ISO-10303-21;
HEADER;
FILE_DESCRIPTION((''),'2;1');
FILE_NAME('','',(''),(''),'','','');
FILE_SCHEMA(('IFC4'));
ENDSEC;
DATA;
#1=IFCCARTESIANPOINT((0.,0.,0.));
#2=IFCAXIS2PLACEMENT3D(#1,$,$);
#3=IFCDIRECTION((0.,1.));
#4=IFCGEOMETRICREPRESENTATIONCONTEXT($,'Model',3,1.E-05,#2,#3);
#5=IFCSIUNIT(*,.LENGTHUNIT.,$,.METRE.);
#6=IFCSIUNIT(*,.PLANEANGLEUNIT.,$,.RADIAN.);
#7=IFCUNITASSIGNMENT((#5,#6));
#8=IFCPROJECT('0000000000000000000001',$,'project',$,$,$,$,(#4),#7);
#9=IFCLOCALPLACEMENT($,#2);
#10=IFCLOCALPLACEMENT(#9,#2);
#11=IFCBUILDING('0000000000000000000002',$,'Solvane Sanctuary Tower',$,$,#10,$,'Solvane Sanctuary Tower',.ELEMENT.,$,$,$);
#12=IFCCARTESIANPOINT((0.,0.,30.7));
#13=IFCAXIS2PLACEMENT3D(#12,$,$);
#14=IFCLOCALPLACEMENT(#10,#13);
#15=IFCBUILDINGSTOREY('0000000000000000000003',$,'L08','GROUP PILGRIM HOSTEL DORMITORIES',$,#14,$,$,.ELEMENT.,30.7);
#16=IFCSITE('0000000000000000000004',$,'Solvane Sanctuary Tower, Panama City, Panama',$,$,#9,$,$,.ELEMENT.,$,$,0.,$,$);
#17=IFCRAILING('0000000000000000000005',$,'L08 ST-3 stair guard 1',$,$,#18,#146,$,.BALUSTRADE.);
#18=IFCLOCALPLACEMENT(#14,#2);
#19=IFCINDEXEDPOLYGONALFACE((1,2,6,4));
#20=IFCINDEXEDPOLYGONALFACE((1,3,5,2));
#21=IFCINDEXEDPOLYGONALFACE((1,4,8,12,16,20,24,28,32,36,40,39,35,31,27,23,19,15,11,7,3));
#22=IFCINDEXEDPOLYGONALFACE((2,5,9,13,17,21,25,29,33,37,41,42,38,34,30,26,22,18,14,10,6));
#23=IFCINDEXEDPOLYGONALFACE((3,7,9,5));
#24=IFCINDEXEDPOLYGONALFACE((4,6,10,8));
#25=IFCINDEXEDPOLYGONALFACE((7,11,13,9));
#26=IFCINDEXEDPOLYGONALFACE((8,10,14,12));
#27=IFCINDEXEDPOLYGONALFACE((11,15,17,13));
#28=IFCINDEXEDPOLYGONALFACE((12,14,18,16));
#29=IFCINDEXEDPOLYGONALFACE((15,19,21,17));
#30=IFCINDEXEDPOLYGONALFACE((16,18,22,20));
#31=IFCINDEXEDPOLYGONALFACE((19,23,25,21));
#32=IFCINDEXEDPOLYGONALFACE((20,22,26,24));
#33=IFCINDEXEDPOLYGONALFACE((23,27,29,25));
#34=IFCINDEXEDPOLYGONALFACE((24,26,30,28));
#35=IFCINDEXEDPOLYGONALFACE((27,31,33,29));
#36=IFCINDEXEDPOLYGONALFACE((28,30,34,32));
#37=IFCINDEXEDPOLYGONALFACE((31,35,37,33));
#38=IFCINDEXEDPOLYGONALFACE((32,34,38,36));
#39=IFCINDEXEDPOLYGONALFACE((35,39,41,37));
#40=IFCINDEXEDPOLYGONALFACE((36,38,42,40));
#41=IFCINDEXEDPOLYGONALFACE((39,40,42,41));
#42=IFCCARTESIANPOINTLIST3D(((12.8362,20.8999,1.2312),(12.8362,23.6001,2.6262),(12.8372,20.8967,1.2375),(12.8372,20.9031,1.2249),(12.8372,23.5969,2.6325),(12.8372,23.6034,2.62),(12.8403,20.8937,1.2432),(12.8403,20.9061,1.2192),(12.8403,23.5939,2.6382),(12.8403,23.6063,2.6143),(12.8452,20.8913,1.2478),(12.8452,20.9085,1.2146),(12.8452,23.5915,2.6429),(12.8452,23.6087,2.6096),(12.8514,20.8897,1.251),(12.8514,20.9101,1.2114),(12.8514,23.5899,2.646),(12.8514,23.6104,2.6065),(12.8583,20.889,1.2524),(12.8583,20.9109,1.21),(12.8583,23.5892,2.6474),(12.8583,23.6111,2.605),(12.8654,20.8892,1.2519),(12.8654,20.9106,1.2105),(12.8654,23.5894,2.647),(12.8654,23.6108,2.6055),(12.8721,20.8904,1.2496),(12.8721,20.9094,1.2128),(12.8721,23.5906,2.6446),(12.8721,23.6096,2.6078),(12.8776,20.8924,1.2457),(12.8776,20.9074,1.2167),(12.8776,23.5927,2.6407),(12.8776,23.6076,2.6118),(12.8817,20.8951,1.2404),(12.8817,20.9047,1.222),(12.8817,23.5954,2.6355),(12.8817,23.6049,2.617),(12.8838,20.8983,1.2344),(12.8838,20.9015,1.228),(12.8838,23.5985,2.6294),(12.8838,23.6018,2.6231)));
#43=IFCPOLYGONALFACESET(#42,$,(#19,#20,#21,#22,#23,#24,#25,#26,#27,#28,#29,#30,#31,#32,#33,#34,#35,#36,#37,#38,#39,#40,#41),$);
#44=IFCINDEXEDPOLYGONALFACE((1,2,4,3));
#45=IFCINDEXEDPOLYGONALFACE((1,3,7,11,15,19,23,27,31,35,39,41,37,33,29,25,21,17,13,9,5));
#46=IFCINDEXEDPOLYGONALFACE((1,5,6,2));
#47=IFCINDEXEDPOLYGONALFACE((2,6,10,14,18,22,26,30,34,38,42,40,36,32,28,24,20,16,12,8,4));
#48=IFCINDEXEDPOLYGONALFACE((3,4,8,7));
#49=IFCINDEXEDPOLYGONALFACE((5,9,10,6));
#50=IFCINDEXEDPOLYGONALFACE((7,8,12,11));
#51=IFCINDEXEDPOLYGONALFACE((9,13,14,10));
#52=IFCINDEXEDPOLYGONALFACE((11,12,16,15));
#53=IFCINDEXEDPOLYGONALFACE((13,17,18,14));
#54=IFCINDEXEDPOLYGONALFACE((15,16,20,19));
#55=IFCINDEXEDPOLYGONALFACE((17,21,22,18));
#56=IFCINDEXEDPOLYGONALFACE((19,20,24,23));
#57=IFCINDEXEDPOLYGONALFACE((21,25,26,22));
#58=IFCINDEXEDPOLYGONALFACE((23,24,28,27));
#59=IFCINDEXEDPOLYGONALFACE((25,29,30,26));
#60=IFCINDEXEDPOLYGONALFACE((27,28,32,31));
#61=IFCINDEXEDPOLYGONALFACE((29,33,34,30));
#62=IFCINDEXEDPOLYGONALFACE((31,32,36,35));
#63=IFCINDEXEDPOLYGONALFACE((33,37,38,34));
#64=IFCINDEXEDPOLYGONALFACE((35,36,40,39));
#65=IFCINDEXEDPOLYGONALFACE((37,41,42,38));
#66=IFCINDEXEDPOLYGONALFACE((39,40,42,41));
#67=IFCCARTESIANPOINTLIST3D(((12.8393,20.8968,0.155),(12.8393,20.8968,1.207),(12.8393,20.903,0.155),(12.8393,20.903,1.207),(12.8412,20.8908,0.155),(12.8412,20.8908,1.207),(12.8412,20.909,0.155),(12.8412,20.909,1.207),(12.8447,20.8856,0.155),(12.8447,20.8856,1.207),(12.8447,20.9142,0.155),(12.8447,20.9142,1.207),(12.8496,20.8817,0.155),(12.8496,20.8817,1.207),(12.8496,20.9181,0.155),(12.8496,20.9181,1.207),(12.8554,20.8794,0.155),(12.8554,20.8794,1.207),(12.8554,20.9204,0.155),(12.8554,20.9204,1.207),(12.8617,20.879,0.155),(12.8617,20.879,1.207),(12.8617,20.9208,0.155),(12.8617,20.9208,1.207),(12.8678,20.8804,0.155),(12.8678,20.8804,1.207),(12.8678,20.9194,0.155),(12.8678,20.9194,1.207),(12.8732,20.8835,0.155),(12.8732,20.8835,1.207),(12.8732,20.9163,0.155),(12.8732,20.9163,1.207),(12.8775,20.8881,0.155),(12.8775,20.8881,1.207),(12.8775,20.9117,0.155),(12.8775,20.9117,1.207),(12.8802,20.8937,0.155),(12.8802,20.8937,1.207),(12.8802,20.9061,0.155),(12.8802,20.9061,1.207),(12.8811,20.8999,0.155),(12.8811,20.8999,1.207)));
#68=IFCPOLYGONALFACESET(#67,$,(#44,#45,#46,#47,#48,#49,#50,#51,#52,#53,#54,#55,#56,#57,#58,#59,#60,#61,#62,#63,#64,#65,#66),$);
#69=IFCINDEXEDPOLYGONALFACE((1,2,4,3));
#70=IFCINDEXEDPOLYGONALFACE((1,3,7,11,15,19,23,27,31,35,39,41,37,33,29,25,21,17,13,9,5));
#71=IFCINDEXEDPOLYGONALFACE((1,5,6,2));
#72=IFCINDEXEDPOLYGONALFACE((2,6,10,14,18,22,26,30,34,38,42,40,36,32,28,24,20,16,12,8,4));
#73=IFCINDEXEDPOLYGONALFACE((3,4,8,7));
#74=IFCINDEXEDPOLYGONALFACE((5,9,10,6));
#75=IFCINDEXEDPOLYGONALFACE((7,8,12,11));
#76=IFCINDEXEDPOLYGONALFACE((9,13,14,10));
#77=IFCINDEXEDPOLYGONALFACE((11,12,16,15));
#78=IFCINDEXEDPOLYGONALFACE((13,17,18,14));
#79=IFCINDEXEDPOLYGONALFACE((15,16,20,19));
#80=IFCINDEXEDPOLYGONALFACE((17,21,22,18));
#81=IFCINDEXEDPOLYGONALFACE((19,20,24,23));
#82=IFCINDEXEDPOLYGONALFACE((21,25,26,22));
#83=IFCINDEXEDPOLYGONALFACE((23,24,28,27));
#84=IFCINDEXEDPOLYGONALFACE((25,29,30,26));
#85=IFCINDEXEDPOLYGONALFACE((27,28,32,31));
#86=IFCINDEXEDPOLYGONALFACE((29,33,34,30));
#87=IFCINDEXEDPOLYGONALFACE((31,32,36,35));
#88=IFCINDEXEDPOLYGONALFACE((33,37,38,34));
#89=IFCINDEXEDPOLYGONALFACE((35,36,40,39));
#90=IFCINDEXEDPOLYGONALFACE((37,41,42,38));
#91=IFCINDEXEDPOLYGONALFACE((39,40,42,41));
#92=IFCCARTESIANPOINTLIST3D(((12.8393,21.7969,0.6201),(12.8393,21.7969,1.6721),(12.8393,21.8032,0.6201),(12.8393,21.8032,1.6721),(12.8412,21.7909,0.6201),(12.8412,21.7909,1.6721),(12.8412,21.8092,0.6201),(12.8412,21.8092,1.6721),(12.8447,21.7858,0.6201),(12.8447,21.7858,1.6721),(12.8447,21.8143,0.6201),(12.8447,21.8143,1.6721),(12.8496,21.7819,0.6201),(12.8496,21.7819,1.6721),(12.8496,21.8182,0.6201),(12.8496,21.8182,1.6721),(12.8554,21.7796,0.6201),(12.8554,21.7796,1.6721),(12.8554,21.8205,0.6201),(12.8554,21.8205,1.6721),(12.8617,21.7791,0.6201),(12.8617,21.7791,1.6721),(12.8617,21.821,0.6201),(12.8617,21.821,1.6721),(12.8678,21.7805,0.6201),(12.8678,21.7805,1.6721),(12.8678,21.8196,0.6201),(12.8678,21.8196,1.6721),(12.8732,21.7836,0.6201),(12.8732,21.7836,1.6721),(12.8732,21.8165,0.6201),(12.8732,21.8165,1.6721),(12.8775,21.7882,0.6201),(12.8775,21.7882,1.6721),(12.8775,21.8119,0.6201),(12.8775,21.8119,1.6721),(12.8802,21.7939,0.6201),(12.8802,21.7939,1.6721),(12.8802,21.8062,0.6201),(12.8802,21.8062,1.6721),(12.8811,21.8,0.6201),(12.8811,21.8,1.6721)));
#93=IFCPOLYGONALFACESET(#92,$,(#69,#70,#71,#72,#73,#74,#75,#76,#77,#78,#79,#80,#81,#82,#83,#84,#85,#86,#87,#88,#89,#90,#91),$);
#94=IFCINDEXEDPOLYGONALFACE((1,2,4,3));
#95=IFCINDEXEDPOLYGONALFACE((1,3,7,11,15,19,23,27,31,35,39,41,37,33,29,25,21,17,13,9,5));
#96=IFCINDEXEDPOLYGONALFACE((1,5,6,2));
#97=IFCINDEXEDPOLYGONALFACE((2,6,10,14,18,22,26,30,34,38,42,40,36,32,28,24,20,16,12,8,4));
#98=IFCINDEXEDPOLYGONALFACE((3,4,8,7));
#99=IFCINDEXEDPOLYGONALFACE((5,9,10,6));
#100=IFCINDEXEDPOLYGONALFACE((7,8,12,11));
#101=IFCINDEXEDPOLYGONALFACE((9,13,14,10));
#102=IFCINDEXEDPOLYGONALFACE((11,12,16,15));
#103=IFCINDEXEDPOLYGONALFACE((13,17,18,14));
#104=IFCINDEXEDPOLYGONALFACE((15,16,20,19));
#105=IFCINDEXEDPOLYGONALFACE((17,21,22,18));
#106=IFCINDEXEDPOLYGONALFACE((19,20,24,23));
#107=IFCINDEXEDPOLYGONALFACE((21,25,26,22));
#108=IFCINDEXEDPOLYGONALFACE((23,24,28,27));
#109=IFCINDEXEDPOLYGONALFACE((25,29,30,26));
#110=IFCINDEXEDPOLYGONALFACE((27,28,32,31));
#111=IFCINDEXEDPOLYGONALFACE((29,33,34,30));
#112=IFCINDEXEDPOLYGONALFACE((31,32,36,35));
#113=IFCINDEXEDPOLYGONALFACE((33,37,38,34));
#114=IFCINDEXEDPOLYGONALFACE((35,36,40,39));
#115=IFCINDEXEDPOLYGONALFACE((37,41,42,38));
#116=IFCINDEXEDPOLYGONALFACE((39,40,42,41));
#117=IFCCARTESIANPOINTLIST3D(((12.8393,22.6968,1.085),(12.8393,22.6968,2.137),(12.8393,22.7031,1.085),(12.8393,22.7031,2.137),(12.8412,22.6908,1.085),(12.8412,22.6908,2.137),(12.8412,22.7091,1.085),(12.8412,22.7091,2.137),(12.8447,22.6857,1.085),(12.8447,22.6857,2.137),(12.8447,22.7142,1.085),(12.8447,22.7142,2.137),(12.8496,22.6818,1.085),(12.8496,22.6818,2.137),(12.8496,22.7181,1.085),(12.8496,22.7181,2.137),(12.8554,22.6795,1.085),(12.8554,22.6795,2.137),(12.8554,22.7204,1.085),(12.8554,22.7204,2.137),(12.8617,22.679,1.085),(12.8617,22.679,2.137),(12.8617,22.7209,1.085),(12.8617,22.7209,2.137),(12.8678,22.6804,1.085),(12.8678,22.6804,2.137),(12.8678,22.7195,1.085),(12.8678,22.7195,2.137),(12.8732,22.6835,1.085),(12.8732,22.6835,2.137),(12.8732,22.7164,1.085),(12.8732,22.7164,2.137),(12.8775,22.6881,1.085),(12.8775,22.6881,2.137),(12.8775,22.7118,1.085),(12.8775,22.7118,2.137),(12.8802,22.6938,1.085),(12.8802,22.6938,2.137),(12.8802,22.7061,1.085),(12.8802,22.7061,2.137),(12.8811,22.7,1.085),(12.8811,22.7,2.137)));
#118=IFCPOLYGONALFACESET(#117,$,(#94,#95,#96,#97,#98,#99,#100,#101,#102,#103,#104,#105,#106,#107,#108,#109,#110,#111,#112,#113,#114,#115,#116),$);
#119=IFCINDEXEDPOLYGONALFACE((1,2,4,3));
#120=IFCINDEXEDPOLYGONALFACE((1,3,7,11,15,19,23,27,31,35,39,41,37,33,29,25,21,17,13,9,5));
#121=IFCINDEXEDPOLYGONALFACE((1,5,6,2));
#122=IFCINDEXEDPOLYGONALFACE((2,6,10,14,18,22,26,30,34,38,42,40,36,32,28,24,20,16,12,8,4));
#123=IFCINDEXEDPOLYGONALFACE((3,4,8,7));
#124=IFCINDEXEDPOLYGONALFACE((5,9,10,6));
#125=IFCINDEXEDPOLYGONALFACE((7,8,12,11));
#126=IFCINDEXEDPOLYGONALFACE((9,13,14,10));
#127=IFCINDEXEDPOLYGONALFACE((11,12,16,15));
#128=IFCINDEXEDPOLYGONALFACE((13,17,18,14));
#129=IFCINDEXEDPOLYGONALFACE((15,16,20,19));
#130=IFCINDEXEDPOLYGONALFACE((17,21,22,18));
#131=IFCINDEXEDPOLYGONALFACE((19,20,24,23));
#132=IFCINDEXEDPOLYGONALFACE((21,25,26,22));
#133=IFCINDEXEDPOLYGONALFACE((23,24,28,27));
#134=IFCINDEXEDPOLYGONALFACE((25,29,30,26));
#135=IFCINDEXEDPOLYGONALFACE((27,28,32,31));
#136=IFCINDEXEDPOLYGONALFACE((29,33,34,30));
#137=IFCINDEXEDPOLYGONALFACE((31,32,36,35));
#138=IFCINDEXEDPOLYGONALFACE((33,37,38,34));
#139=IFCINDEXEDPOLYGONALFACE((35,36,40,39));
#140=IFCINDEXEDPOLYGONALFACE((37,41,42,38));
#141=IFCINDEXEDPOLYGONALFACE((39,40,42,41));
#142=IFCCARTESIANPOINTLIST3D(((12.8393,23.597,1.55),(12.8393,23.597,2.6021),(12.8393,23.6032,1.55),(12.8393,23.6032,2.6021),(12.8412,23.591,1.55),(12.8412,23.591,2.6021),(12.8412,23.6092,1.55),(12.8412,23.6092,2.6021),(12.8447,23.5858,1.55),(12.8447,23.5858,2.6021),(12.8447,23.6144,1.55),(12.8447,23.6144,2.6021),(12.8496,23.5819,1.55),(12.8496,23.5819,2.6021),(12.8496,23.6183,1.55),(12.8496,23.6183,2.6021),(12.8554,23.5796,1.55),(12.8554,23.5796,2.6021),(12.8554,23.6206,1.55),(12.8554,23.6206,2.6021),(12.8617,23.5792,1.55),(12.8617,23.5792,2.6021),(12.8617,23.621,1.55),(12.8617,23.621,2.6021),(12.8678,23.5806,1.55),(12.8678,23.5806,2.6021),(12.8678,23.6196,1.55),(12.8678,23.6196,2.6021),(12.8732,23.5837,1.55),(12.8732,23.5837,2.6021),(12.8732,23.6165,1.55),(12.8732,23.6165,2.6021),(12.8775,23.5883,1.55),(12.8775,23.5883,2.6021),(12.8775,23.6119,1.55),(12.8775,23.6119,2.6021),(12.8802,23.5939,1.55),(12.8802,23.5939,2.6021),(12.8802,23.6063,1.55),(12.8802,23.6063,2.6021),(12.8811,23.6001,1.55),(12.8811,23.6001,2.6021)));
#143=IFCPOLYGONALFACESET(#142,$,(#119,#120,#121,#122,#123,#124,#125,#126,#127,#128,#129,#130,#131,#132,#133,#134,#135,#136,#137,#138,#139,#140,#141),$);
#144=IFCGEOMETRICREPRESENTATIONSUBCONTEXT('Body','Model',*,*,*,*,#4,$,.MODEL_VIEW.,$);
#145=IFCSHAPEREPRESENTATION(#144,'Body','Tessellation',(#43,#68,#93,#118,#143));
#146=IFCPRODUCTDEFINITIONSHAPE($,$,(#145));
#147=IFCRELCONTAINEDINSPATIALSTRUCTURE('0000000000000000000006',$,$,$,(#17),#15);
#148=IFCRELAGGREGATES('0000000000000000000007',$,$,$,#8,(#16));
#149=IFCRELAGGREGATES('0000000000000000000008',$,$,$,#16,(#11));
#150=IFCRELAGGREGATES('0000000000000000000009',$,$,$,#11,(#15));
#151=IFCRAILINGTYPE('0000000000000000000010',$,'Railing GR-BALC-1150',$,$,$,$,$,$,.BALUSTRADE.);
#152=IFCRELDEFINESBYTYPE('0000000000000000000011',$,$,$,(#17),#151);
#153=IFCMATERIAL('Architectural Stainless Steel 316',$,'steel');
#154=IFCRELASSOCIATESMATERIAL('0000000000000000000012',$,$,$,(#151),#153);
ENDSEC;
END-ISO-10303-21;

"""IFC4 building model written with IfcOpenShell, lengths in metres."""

from ifc_helpers import new_model, si_unit, direction, frame, origin, origin_2d, place, context, subcontext, project, spatial, circle, extrude, material, type_object, element, save


model = new_model("IFC4")

# Units and contexts
model_context = context("Model", 3, precision=1e-05, world=origin(), true_north=direction((0.0, 1.0)))
body_context = subcontext(model_context, "Body", "Model", "MODEL_VIEW")
ifc_project = project(units=[si_unit("LENGTHUNIT", "METRE"), si_unit("PLANEANGLEUNIT", "RADIAN")], contexts=[model_context])

# Site, building, storey
site_placement = place(None, origin())
site = spatial("IfcSite", under=ifc_project, at=site_placement, Name="Solvane Sanctuary Tower, Panama City, Panama", CompositionType="ELEMENT", RefElevation=0.0)
building_placement = place(site_placement, origin())
building = spatial("IfcBuilding", under=site, at=building_placement, Name="Solvane Sanctuary Tower", LongName="Solvane Sanctuary Tower", CompositionType="ELEMENT")
storey_placement = place(building_placement, frame((0.0, 0.0, 30.7)))
storey = spatial("IfcBuildingStorey", under=building, at=storey_placement, Name="L08", Description="GROUP PILGRIM HOSTEL DORMITORIES", CompositionType="ELEMENT", Elevation=30.7)

# Railing
ifc_material_1 = material(Name="Architectural Stainless Steel 316", Category="steel")
railing_type_1 = type_object("IfcRailingType", Name="Railing GR-BALC-1150", PredefinedType="BALUSTRADE", material=ifc_material_1)
railing_1_placement = place(storey_placement, frame((12.8601, 20.8999, 0.155)))
element("IfcRailing", 1, at=railing_1_placement, inside=storey, type_object=railing_type_1, Name="L08 ST-3 stair guard 1", PredefinedType="BALUSTRADE", context=body_context, shape_type="SweptSolid", body=[
    extrude(circle(Radius=0.0239, at=origin_2d()), frame((0.0, 0.0, 1.0762), z_axis=(0.0, 0.888437, 0.458999), x_axis=(-1.0, 0.0, 0.0)), (0.0, 0.0, 1.0), 3.0393),
    extrude(circle(Radius=0.021, at=origin_2d()), origin(), (0.0, 0.0, 1.0), 1.052),
    extrude(circle(Radius=0.021, at=origin_2d()), frame((0.0, 0.9001, 0.4651)), (0.0, 0.0, 1.0), 1.052),
    extrude(circle(Radius=0.021, at=origin_2d()), frame((0.0, 1.8, 0.9299)), (0.0, 0.0, 1.0), 1.052),
    extrude(circle(Radius=0.021, at=origin_2d()), frame((0.0, 2.7002, 1.395)), (0.0, 0.0, 1.0), 1.052),
])

save(model, "model.ifc")
